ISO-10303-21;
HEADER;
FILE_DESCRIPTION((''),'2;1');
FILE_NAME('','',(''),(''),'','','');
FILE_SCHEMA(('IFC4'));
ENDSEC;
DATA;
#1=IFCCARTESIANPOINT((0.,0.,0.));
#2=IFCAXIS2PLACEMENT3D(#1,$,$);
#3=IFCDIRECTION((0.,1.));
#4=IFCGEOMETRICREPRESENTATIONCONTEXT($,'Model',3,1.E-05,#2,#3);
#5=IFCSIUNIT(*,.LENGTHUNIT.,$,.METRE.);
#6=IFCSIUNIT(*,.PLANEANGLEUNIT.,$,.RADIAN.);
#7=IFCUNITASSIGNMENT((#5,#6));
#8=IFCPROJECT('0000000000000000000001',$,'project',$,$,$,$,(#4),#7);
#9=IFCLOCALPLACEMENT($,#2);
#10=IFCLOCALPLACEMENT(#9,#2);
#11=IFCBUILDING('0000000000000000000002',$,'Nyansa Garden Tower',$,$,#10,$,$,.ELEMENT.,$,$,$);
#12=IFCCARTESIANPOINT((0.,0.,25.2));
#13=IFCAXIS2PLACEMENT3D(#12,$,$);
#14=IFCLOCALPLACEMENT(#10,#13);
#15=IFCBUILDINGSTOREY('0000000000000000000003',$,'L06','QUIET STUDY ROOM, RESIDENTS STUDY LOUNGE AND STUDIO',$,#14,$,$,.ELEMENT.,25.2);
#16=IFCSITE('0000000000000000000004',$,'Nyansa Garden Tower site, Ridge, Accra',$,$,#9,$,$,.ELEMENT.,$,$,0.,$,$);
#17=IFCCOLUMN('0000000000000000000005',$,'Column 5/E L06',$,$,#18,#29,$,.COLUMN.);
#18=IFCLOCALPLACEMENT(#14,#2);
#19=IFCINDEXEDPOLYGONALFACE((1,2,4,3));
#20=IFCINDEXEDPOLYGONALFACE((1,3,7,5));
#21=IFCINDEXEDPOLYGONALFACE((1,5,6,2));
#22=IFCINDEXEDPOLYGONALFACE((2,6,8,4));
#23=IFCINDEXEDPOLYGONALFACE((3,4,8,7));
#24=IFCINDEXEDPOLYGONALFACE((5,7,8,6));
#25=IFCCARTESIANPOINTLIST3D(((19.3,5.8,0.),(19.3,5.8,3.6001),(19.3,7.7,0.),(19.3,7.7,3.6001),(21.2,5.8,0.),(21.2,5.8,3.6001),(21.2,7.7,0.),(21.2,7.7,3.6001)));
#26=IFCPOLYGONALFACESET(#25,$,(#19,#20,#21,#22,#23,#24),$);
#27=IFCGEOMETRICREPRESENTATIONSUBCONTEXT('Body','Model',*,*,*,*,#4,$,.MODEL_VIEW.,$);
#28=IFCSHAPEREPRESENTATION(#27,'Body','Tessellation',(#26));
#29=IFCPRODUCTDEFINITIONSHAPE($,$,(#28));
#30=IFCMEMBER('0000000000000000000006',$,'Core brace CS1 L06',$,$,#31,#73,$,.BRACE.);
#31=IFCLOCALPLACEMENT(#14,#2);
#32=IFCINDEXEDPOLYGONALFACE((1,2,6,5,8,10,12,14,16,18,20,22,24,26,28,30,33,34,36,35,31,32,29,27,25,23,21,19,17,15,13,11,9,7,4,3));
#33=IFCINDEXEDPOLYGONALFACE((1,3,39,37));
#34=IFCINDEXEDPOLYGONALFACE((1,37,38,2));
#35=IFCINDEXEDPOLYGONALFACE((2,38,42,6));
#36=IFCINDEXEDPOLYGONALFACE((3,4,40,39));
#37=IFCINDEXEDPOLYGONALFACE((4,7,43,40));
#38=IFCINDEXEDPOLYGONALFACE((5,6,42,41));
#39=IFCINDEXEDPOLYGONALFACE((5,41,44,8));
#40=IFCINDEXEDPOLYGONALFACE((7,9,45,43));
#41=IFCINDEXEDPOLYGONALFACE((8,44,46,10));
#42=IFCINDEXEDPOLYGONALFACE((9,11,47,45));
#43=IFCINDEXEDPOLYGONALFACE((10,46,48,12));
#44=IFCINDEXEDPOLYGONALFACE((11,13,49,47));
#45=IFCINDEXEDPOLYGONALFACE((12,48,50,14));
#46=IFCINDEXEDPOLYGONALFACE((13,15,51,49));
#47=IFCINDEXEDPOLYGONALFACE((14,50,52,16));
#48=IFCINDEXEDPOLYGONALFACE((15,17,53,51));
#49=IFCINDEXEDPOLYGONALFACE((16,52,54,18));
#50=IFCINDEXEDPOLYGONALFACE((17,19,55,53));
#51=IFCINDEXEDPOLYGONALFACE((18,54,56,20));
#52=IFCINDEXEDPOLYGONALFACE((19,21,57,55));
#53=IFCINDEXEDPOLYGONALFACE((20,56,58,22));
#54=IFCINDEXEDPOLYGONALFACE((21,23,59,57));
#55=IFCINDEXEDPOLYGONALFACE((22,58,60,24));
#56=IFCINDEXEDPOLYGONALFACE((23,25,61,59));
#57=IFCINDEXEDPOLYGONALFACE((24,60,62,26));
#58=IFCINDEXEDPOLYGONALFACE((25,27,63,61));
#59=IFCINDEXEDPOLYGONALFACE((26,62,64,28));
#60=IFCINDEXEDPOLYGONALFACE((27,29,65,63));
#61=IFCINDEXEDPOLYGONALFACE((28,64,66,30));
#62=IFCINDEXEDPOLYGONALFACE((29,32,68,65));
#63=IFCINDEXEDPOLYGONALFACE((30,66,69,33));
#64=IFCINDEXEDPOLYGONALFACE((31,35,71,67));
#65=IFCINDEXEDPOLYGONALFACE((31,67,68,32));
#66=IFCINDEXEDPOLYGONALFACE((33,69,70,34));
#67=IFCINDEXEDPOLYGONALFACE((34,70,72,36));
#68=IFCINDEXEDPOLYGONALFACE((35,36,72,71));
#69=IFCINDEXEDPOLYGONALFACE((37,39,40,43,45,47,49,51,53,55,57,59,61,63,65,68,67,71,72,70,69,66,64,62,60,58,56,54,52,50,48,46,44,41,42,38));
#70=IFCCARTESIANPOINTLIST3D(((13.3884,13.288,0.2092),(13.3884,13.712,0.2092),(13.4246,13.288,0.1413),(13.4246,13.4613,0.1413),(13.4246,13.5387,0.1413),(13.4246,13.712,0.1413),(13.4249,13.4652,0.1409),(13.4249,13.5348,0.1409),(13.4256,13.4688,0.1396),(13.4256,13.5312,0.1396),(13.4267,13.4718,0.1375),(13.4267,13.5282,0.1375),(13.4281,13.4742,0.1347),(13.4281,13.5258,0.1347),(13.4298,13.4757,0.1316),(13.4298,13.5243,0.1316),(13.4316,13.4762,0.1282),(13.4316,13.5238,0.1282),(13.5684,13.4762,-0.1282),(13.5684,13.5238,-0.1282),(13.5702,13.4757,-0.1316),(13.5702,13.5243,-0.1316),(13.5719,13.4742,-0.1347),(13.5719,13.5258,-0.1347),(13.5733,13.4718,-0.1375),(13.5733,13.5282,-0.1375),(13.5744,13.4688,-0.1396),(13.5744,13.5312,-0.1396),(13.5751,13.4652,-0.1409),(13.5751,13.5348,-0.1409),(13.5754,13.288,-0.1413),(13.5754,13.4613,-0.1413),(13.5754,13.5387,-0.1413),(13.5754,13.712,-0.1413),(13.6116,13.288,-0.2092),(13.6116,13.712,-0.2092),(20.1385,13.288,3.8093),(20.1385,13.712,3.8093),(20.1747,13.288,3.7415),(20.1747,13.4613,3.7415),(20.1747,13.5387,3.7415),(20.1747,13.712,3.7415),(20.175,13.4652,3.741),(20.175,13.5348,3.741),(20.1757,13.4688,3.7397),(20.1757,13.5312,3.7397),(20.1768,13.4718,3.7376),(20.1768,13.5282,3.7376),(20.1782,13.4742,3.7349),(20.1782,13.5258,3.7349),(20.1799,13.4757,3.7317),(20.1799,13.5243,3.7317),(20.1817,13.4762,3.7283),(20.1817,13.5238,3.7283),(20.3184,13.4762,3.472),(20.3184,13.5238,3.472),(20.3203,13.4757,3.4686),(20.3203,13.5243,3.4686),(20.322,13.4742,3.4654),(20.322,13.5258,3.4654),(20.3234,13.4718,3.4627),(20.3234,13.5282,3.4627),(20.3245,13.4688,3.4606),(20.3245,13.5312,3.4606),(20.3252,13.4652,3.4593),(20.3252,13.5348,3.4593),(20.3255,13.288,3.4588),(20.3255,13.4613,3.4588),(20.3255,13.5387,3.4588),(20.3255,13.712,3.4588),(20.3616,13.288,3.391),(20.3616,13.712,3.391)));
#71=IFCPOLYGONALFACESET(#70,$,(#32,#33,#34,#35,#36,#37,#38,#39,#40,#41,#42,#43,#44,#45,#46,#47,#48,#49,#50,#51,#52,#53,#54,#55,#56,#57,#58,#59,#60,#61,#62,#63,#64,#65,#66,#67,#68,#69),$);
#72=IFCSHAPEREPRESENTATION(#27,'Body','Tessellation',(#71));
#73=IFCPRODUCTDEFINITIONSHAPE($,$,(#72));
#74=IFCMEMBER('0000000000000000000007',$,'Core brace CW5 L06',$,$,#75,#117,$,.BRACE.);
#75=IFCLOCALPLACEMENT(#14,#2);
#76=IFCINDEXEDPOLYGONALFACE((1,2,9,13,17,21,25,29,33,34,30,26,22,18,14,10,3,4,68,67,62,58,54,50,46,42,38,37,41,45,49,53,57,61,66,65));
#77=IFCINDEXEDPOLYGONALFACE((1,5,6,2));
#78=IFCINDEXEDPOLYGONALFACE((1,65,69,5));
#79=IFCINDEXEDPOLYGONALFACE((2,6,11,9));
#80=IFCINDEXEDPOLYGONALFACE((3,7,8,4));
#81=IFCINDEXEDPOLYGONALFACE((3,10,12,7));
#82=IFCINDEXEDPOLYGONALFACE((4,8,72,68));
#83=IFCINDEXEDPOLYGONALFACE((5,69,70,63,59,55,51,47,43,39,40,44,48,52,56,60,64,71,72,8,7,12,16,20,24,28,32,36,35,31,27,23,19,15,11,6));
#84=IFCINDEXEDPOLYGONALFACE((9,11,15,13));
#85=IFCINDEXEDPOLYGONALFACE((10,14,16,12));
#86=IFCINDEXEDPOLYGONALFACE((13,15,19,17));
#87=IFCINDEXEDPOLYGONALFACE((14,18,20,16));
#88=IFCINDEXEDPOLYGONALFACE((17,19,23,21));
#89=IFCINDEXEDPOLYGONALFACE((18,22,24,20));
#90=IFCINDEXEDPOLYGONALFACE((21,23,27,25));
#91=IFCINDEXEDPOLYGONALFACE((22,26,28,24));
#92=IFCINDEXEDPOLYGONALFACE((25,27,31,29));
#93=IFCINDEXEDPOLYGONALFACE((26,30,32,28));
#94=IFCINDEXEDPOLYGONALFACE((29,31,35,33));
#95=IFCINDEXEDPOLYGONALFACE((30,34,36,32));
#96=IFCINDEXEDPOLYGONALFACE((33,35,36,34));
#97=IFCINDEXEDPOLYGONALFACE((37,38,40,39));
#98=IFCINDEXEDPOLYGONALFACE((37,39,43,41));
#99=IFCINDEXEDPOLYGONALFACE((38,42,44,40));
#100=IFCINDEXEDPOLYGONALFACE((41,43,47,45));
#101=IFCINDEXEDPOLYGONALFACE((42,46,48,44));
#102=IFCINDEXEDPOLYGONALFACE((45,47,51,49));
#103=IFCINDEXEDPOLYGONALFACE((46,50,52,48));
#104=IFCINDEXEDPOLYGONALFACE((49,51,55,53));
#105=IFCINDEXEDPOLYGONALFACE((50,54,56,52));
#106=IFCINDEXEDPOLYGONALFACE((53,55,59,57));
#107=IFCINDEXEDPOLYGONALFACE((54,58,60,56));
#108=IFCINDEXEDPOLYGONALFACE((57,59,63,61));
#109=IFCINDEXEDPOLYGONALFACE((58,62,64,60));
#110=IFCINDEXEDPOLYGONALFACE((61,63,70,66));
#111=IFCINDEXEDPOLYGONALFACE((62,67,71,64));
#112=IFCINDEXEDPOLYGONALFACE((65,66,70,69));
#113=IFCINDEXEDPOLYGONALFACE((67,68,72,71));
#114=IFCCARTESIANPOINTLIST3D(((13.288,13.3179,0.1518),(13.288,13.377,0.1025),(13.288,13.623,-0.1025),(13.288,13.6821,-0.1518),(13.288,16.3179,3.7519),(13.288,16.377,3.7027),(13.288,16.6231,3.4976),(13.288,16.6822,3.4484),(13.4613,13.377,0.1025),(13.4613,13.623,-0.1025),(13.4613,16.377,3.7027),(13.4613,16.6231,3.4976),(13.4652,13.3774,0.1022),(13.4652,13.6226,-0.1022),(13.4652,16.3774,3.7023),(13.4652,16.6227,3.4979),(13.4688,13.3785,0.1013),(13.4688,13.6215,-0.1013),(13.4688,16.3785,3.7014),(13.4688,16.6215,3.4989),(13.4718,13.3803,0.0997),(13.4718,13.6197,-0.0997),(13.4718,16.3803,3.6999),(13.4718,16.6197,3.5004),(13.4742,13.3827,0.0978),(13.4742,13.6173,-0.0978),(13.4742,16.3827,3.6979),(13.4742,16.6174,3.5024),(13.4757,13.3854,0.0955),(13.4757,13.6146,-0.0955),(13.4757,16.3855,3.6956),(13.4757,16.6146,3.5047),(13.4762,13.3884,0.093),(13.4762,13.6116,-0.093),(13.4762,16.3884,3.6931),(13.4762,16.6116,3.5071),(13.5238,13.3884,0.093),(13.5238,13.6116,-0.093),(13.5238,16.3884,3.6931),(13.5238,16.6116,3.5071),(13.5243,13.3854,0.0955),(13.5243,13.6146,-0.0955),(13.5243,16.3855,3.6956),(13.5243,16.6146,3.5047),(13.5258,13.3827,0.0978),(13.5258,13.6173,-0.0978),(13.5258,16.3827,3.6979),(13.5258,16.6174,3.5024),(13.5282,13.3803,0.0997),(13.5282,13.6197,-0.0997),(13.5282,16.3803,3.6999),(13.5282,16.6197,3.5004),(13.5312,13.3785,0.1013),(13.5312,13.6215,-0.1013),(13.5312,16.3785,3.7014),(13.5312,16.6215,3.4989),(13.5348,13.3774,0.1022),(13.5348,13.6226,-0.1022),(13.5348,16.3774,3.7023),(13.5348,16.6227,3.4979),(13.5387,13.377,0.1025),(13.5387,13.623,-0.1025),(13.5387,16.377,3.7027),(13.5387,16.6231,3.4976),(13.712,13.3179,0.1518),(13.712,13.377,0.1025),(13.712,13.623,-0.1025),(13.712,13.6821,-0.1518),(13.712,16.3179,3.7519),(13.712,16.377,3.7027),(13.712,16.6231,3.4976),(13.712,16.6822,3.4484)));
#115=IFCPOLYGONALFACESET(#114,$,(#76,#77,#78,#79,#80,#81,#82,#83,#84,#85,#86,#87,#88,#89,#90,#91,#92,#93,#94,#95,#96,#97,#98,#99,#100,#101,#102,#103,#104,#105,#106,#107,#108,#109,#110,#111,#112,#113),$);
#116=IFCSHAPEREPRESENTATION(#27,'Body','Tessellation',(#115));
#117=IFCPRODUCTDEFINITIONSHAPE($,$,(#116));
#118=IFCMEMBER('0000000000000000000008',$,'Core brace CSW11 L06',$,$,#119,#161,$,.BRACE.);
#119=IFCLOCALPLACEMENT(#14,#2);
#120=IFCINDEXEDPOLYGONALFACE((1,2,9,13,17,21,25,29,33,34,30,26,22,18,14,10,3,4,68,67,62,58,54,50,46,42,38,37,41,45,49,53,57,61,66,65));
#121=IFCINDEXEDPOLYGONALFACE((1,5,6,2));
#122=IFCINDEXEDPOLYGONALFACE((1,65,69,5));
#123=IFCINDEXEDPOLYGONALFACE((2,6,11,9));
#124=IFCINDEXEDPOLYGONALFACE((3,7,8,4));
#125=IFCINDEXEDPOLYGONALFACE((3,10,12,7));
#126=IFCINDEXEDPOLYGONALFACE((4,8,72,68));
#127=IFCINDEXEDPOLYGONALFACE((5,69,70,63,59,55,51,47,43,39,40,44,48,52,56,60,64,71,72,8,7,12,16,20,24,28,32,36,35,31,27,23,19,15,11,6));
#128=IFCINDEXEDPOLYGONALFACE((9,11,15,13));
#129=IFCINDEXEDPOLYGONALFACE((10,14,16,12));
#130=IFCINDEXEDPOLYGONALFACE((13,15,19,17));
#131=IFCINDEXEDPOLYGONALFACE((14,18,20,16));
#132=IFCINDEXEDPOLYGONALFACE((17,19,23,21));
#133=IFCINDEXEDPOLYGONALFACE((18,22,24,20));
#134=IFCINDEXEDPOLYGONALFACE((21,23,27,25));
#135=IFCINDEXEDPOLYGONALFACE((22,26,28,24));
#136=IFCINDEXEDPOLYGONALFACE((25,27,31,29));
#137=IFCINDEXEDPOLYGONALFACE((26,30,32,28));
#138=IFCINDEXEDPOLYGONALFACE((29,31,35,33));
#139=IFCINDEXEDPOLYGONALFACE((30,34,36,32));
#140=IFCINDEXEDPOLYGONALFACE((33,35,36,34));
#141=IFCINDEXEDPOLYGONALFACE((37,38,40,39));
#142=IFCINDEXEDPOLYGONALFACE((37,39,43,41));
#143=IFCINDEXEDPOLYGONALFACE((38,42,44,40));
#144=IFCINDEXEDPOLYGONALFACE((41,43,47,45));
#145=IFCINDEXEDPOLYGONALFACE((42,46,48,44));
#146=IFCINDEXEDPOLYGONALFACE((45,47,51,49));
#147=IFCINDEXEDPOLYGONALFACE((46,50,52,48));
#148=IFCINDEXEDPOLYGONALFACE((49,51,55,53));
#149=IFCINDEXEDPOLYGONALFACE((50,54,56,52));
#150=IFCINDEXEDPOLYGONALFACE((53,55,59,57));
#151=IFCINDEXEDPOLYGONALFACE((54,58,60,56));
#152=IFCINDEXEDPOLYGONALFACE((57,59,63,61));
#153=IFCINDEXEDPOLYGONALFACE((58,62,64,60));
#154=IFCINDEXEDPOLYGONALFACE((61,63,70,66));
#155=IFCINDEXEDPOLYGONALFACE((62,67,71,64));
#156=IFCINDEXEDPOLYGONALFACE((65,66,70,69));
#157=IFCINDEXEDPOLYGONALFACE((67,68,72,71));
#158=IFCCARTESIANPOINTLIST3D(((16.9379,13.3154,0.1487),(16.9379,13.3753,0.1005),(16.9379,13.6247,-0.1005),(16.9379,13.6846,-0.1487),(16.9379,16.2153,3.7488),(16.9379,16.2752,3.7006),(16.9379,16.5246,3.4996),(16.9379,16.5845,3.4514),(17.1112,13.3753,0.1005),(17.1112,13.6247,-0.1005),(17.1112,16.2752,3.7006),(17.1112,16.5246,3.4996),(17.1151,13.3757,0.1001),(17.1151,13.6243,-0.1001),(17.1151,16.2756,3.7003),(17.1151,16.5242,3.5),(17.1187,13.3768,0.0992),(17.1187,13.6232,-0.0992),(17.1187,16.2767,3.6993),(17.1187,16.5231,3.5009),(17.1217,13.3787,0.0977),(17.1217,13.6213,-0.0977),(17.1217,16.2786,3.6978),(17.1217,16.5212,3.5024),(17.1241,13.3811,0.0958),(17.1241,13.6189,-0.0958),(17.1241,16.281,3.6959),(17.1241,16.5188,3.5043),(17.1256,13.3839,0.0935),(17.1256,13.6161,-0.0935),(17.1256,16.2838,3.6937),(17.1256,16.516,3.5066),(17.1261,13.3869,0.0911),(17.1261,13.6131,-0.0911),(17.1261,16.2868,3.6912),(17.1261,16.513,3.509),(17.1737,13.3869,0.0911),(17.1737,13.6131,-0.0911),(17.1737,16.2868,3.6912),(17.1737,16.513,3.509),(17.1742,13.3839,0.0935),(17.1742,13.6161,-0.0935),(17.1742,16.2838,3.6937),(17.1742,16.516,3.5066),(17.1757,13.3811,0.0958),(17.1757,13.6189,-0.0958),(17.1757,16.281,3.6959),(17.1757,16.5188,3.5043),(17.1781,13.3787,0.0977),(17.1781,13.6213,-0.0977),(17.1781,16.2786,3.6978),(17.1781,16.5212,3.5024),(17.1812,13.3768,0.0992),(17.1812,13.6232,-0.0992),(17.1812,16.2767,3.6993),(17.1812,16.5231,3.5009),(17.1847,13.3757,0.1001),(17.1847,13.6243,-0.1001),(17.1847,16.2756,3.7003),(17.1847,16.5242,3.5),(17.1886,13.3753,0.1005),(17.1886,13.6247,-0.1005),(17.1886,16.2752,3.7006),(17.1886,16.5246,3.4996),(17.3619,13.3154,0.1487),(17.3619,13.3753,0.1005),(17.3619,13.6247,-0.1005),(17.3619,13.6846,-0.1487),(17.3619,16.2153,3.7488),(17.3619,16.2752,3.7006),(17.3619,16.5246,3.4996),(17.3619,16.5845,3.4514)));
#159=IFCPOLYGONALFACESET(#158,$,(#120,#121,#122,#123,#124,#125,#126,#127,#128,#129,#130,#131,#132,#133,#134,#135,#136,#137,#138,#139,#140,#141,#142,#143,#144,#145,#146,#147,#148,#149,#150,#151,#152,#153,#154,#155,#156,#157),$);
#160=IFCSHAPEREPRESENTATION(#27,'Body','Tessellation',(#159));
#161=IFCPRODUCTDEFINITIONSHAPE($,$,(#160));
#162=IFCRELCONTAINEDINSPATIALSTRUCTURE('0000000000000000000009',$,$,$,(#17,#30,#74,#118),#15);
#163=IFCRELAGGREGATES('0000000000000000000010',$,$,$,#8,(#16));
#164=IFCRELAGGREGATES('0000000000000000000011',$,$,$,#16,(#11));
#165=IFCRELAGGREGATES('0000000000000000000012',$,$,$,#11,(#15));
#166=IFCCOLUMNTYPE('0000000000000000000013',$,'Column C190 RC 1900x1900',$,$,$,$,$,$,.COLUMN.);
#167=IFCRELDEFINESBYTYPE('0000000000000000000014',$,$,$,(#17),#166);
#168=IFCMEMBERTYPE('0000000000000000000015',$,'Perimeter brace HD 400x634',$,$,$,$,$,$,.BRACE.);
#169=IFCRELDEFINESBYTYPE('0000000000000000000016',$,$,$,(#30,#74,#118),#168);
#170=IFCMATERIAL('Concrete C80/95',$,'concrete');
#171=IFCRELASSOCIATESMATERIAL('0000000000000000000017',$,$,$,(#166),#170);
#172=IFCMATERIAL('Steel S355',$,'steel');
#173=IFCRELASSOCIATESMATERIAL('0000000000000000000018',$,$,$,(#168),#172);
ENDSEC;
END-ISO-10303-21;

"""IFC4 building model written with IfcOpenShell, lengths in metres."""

from ifc_helpers import new_model, si_unit, direction, frame, origin, origin_2d, place, context, subcontext, project, spatial, rectangle, i_section, extrude, material, material_profile, profile_set, type_object, element, save


model = new_model("IFC4")

# Units and contexts
model_context = context("Model", 3, precision=1e-05, world=origin(), true_north=direction((0.0, 1.0)))
body_context = subcontext(model_context, "Body", "Model", "MODEL_VIEW")
ifc_project = project(units=[si_unit("LENGTHUNIT", "METRE"), si_unit("PLANEANGLEUNIT", "RADIAN")], contexts=[model_context])

# Site, building, storey
site_placement = place(None, origin())
site = spatial("IfcSite", under=ifc_project, at=site_placement, Name="Nyansa Garden Tower site, Ridge, Accra", CompositionType="ELEMENT", RefElevation=0.0)
building_placement = place(site_placement, origin())
building = spatial("IfcBuilding", under=site, at=building_placement, Name="Nyansa Garden Tower", CompositionType="ELEMENT")
storey_placement = place(building_placement, frame((0.0, 0.0, 25.2)))
storey = spatial("IfcBuildingStorey", under=building, at=storey_placement, Name="L06", Description="QUIET STUDY ROOM, RESIDENTS STUDY LOUNGE AND STUDIO", CompositionType="ELEMENT", Elevation=25.2)

# Column
ifc_material_1 = material(Name="Concrete C80/95", Category="concrete")
ifc_material_profile_1 = material_profile(ifc_material_1, rectangle(XDim=1.8999, YDim=1.8999, at=origin_2d()), Name="RC 1900x1900")
ifc_profile_set_1 = profile_set([ifc_material_profile_1], Name="Concrete C80/95")
column_type = type_object("IfcColumnType", Name="Column C190 RC 1900x1900", PredefinedType="COLUMN", material=ifc_profile_set_1)
column_placement = place(storey_placement, frame((20.25, 6.75, 0.0), z_axis=(0.0, 0.0, 1.0), x_axis=(1.0, 0.0, 0.0)))
element("IfcColumn", 1, at=column_placement, inside=storey, type_object=column_type, Name="Column 5/E L06", PredefinedType="COLUMN", context=body_context, shape_type="SweptSolid", body=[
    extrude(rectangle(XDim=1.8999, YDim=1.8999, at=origin_2d()), origin(), (0.0, 0.0, 1.0), 3.6001),
])

# Members
ifc_material_2 = material(Name="Steel S355", Category="steel")
ifc_material_profile_2 = material_profile(ifc_material_2, i_section(OverallWidth=0.4241, OverallDepth=0.4741, WebThickness=0.0476, FlangeThickness=0.0769, FilletRadius=0.0149, at=origin_2d()), Name="HD 400x634")
ifc_profile_set_2 = profile_set([ifc_material_profile_2], Name="Steel S355")
member_type = type_object("IfcMemberType", Name="Perimeter brace HD 400x634", PredefinedType="BRACE", material=ifc_profile_set_2)
member_1_placement = place(storey_placement, frame((13.5, 13.5, 0.0), z_axis=(0.882348, 0.0, 0.470598), x_axis=(0.0, 1.0, 0.0)))
element("IfcMember", 2, at=member_1_placement, inside=storey, type_object=member_type, Name="Core brace CS1 L06", PredefinedType="BRACE", context=body_context, shape_type="SweptSolid", body=[
    extrude(i_section(OverallWidth=0.4241, OverallDepth=0.4741, WebThickness=0.0476, FlangeThickness=0.0769, FilletRadius=0.0149, at=origin_2d()), origin(), (0.0, 0.0, 1.0), 7.6501),
])
member_2_placement = place(storey_placement, frame((13.5, 13.5, 0.0), z_axis=(0.0, 0.640174, 0.76823), x_axis=(-1.0, 0.0, 0.0)))
element("IfcMember", 3, at=member_2_placement, inside=storey, type_object=member_type, Name="Core brace CW5 L06", PredefinedType="BRACE", context=body_context, shape_type="SweptSolid", body=[
    extrude(i_section(OverallWidth=0.4241, OverallDepth=0.4741, WebThickness=0.0476, FlangeThickness=0.0769, FilletRadius=0.0149, at=origin_2d()), origin(), (0.0, 0.0, 1.0), 4.6863),
])
for number, where, z_axis, x_axis, name in (
    (4, (17.1499, 13.5, 0.0), (0.0, 0.627306, 0.778773), (-1.0, 0.0, 0.0), "Core brace CSW11 L06"),
):
    element("IfcMember", number, at=place(storey_placement, frame(where, z_axis=z_axis, x_axis=x_axis)), inside=storey, type_object=member_type, Name=name, PredefinedType="BRACE", context=body_context, shape_type="SweptSolid", body=[
        extrude(i_section(OverallWidth=0.4241, OverallDepth=0.4741, WebThickness=0.0476, FlangeThickness=0.0769, FilletRadius=0.0149, at=origin_2d()), origin(), (0.0, 0.0, 1.0), 4.6228),
    ])

save(model, "model.ifc")
